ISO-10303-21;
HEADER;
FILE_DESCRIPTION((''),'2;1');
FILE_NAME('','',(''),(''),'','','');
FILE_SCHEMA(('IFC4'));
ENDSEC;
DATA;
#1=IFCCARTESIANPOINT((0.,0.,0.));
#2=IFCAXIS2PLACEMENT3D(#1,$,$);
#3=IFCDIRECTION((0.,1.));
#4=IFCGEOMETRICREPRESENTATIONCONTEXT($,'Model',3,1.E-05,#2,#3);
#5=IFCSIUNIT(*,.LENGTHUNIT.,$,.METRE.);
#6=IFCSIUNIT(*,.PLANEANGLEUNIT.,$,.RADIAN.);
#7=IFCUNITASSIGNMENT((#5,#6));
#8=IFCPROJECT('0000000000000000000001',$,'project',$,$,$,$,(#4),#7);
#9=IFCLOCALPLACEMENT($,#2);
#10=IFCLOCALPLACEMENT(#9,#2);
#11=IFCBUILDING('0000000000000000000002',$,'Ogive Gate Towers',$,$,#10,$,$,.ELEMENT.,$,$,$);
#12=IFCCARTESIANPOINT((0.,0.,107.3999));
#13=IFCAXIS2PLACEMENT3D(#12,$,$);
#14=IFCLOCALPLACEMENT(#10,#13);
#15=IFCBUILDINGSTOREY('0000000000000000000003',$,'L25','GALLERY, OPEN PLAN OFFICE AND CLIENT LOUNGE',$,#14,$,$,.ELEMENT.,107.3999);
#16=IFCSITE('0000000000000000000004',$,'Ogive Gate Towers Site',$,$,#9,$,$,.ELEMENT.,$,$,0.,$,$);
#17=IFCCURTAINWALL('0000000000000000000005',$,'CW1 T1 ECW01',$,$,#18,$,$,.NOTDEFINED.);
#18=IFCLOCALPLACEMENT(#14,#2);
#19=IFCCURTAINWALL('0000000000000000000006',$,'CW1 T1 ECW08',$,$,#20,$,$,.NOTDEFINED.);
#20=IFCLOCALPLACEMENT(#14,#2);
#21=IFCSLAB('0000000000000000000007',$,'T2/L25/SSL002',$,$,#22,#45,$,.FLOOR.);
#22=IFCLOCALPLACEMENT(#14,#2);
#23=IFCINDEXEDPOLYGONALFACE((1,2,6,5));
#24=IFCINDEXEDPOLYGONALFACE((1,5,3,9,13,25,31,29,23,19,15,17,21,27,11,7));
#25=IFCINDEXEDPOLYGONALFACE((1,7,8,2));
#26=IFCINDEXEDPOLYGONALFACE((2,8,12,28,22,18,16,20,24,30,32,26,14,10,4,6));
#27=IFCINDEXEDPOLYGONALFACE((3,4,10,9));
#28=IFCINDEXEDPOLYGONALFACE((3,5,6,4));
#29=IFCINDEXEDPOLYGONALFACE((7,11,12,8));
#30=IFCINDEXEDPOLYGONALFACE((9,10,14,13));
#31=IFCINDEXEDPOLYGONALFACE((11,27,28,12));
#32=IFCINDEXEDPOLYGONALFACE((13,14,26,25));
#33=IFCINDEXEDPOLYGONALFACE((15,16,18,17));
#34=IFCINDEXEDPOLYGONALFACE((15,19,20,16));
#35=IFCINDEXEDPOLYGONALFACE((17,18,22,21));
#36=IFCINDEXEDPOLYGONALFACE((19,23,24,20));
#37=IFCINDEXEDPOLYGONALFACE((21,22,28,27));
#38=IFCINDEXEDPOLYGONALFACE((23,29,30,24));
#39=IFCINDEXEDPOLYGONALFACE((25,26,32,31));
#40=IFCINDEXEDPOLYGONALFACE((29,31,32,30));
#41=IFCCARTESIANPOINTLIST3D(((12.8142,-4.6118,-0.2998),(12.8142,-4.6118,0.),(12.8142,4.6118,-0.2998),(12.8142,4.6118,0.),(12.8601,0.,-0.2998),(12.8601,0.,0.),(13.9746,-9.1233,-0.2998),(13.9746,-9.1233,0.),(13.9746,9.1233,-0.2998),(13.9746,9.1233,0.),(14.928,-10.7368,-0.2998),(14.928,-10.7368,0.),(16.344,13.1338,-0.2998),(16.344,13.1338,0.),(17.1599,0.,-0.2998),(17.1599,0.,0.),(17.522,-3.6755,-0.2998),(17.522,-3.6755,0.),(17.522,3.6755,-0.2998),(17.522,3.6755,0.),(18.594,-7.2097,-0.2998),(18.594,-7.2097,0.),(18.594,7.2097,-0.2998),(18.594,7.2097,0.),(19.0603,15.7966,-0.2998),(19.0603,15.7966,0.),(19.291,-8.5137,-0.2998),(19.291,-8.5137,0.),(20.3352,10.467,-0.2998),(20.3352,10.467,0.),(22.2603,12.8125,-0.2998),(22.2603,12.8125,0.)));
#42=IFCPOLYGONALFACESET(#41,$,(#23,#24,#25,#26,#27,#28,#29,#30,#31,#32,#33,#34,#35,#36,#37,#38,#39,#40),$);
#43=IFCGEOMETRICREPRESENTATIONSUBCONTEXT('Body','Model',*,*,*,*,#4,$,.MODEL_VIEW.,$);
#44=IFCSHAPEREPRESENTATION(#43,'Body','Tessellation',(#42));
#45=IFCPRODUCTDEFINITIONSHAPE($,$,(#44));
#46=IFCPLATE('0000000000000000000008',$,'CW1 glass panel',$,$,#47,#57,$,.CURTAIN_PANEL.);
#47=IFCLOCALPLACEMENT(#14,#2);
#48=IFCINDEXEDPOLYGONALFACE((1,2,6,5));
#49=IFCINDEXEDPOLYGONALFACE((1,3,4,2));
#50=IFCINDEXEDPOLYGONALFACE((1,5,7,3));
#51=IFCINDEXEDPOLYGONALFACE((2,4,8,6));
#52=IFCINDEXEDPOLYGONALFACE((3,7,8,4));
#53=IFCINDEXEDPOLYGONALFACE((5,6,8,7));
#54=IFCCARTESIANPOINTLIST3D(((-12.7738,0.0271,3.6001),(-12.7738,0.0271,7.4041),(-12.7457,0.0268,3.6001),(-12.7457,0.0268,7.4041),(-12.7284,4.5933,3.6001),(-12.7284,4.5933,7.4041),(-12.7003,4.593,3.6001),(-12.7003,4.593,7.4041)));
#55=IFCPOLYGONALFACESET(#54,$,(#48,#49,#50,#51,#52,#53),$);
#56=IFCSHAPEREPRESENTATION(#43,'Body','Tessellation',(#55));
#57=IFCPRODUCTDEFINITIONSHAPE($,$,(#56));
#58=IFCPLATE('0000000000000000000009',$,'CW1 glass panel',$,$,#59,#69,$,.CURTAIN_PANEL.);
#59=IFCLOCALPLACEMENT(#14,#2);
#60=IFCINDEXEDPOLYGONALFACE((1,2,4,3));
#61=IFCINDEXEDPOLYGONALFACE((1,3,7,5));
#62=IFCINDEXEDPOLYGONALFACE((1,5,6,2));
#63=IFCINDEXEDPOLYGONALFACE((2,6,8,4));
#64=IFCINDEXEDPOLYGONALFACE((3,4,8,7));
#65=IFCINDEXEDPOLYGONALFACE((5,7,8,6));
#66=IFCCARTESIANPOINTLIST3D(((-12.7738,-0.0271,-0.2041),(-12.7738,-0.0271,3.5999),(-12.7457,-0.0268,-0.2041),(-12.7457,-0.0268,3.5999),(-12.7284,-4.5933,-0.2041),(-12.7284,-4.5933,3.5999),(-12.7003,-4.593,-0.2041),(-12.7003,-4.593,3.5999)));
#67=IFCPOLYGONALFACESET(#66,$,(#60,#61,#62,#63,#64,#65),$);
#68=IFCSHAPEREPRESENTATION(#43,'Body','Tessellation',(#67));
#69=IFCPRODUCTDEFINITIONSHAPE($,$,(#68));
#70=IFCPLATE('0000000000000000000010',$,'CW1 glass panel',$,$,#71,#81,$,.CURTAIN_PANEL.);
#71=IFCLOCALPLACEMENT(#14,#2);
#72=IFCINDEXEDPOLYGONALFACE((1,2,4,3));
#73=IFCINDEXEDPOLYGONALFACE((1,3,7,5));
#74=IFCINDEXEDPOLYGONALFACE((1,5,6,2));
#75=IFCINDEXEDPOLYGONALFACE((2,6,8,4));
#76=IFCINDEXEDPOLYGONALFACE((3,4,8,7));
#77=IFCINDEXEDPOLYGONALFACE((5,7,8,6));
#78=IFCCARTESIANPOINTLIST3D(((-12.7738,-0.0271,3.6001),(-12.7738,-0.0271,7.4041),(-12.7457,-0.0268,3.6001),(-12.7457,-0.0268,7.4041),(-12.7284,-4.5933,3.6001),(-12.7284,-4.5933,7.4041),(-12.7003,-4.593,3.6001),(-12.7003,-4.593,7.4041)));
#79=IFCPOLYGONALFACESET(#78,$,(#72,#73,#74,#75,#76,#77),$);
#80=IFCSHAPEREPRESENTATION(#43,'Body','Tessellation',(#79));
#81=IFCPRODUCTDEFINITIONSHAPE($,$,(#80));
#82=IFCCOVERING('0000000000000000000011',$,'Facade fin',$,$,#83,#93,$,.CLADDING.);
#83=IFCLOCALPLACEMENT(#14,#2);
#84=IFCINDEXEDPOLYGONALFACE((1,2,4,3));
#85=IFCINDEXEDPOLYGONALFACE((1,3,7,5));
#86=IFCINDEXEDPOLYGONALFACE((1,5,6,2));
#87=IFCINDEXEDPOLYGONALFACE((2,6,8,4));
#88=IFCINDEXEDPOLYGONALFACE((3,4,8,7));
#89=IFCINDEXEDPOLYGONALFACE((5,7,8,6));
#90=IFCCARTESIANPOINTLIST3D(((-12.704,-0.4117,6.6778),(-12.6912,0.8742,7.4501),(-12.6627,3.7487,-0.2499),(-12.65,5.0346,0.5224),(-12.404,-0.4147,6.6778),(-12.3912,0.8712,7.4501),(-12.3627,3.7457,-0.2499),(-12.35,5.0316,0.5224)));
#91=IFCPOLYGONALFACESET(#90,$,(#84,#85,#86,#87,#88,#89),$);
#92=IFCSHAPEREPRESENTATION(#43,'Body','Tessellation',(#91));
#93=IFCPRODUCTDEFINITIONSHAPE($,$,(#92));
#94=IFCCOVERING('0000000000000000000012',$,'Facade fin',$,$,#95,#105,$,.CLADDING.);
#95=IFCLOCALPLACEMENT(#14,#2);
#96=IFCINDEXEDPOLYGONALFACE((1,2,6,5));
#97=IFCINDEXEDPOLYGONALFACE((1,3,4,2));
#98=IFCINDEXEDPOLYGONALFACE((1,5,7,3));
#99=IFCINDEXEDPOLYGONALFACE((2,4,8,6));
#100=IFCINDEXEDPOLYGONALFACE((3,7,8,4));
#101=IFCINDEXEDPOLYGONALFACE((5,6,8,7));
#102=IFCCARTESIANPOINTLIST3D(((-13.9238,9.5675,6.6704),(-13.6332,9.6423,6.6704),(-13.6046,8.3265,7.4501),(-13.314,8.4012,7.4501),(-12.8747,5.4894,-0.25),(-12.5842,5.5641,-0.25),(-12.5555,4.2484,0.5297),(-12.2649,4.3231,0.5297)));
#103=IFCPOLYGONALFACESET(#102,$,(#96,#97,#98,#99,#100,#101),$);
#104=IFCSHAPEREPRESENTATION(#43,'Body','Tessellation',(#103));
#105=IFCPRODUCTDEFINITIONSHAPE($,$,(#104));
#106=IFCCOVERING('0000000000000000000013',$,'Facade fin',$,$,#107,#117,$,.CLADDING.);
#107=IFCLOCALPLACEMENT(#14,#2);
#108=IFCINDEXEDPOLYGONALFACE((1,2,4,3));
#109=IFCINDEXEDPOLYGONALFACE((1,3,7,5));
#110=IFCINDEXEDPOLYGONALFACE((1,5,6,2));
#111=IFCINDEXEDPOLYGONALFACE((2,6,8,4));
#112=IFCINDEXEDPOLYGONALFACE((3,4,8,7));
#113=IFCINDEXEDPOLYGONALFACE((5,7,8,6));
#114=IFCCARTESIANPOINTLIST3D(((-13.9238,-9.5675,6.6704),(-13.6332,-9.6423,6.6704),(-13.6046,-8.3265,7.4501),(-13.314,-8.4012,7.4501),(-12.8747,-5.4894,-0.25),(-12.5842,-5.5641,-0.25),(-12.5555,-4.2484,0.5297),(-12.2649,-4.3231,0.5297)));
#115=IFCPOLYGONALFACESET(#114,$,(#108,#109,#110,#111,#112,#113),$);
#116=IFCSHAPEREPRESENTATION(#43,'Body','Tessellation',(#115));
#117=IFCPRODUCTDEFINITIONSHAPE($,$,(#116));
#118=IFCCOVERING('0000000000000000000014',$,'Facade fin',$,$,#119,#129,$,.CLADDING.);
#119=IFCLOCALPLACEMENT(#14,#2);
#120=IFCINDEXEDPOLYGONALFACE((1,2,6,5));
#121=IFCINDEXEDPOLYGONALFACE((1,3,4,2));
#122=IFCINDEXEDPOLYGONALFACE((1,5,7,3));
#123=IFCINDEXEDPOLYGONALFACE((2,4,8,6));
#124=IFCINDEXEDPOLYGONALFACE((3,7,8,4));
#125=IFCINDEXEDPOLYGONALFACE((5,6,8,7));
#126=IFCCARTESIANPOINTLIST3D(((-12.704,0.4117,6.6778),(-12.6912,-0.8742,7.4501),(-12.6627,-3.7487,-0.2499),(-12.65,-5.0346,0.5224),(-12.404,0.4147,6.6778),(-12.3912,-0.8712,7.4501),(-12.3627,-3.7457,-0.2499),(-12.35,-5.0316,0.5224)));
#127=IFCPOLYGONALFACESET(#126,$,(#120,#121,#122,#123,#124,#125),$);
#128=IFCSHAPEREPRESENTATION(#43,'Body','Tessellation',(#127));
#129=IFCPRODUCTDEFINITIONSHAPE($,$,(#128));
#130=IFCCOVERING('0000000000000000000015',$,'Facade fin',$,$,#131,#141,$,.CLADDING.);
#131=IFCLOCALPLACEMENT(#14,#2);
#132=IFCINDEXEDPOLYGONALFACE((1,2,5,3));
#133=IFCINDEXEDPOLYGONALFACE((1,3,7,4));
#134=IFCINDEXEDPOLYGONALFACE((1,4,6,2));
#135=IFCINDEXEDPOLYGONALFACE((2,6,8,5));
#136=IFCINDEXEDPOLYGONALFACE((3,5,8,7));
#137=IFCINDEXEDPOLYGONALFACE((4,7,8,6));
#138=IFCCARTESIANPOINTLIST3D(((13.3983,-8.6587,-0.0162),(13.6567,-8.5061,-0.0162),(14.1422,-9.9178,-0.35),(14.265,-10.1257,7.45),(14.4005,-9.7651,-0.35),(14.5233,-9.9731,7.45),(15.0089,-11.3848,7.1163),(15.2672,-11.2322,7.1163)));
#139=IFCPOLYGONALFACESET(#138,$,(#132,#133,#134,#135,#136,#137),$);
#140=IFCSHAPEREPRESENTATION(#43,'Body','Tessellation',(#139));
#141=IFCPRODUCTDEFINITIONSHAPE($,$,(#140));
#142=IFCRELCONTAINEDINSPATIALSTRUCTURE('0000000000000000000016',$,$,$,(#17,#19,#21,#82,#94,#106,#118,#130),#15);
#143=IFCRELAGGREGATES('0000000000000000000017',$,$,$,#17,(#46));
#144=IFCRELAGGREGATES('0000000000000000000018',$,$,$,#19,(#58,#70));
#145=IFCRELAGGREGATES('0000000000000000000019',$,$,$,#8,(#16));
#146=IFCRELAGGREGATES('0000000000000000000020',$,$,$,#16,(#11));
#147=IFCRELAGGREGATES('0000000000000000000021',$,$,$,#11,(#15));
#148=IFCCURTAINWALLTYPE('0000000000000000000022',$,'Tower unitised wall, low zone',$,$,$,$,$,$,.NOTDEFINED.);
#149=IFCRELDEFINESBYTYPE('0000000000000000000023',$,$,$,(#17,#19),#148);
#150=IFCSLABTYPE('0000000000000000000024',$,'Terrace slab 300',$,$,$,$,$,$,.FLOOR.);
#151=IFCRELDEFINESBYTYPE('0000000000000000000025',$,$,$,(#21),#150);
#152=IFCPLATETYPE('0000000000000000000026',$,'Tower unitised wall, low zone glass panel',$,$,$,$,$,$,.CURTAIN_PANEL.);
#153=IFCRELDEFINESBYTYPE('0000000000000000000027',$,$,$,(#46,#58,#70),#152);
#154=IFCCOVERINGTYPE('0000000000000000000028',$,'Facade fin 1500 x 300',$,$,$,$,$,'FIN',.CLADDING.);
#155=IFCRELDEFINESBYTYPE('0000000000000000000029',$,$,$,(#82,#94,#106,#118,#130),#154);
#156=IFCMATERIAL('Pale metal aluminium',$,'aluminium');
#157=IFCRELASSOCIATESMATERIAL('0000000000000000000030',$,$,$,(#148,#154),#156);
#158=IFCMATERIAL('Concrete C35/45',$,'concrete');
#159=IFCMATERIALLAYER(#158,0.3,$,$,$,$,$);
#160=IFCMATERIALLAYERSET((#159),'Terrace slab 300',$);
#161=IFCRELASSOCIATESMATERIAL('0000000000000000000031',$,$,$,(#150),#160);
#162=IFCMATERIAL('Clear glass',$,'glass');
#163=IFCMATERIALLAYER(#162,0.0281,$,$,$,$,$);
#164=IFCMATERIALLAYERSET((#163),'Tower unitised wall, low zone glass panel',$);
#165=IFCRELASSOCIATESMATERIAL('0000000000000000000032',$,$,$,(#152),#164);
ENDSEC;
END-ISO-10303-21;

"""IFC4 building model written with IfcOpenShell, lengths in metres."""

from ifc_helpers import new_model, si_unit, direction, frame, origin, origin_2d, place, context, subcontext, project, spatial, polyline, rectangle, outline, extrude, material, layer, layer_set, material_profile, profile_set, type_object, element, aggregate, save


model = new_model("IFC4")

# Units and contexts
model_context = context("Model", 3, precision=1e-05, world=origin(), true_north=direction((0.0, 1.0)))
body_context = subcontext(model_context, "Body", "Model", "MODEL_VIEW")
ifc_project = project(units=[si_unit("LENGTHUNIT", "METRE"), si_unit("PLANEANGLEUNIT", "RADIAN")], contexts=[model_context])

# Site, building, storey
site_placement = place(None, origin())
site = spatial("IfcSite", under=ifc_project, at=site_placement, Name="Ogive Gate Towers Site", CompositionType="ELEMENT", RefElevation=0.0)
building_placement = place(site_placement, origin())
building = spatial("IfcBuilding", under=site, at=building_placement, Name="Ogive Gate Towers", CompositionType="ELEMENT")
storey_placement = place(building_placement, frame((0.0, 0.0, 107.3999)))
storey = spatial("IfcBuildingStorey", under=building, at=storey_placement, Name="L25", Description="GALLERY, OPEN PLAN OFFICE AND CLIENT LOUNGE", CompositionType="ELEMENT", Elevation=107.3999)

# Curtain walls
ifc_material_1 = material(Name="Pale metal aluminium", Category="aluminium")
curtain_wall_type = type_object("IfcCurtainWallType", Name="Tower unitised wall, low zone", PredefinedType="NOTDEFINED", material=ifc_material_1)
curtain_wall_1_placement = place(storey_placement, origin())
curtain_wall_1 = element("IfcCurtainWall", 1, at=curtain_wall_1_placement, inside=storey, type_object=curtain_wall_type, Name="CW1 T1 ECW01", PredefinedType="NOTDEFINED")
curtain_wall_2_placement = place(storey_placement, origin())
curtain_wall_2 = element("IfcCurtainWall", 2, at=curtain_wall_2_placement, inside=storey, type_object=curtain_wall_type, Name="CW1 T1 ECW08", PredefinedType="NOTDEFINED")

# Shared definitions
ifc_material_2 = material(Name="Concrete C35/45", Category="concrete")

# Slab
ifc_layer_1 = layer(ifc_material_2, 0.3)
ifc_layer_set_1 = layer_set([ifc_layer_1], Name="Terrace slab 300")
slab_type_1 = type_object("IfcSlabType", Name="Terrace slab 300", PredefinedType="FLOOR", material=ifc_layer_set_1)
slab_1_placement = place(storey_placement, frame((0.0, 0.0, -0.2998)))
element("IfcSlab", 3, at=slab_1_placement, inside=storey, type_object=slab_type_1, Name="T2/L25/SSL002", PredefinedType="FLOOR", context=body_context, shape_type="SweptSolid", body=[
    extrude(outline(polyline([(22.2603, 12.8125), (19.0603, 15.7966), (16.344, 13.1338), (13.9746, 9.1233), (12.8142, 4.6118), (12.8601, 0.0), (12.8142, -4.6118), (13.9746, -9.1233), (14.928, -10.7368), (19.291, -8.5137), (18.594, -7.2097), (17.522, -3.6755), (17.1599, 0.0), (17.522, 3.6755), (18.594, 7.2097), (20.3352, 10.467), (22.2603, 12.8125)])), origin(), (0.0, 0.0, 1.0), 0.2998),
])

# Plates
ifc_material_3 = material(Name="Clear glass", Category="glass")
ifc_layer_2 = layer(ifc_material_3, 0.0281)
ifc_layer_set_2 = layer_set([ifc_layer_2], Name="Tower unitised wall, low zone glass panel")
plate_type = type_object("IfcPlateType", Name="Tower unitised wall, low zone glass panel", PredefinedType="CURTAIN_PANEL", material=ifc_layer_set_2)
plate_1_placement = place(storey_placement, frame((-12.7371, 2.3101, 3.6001), z_axis=(0.0, 0.0, 1.0), x_axis=(0.009931, 0.999951, 0.0)))
plate_1 = element("IfcPlate", 4, at=plate_1_placement, type_object=plate_type, Name="CW1 glass panel", PredefinedType="CURTAIN_PANEL", context=body_context, shape_type="SweptSolid", body=[
    extrude(rectangle(XDim=4.5664, YDim=0.0281, at=origin_2d()), origin(), (0.0, 0.0, 1.0), 3.804),
])
aggregate(curtain_wall_1, [plate_1])
plate_2_placement = place(storey_placement, frame((-12.7371, -2.3101, -0.2041), z_axis=(0.0, 0.0, 1.0), x_axis=(-0.009931, 0.999951, 0.0)))
plate_2 = element("IfcPlate", 5, at=plate_2_placement, type_object=plate_type, Name="CW1 glass panel", PredefinedType="CURTAIN_PANEL", context=body_context, shape_type="SweptSolid", body=[
    extrude(rectangle(XDim=4.5664, YDim=0.0281, at=origin_2d()), origin(), (0.0, 0.0, 1.0), 3.804),
])
plate_3_placement = place(storey_placement, frame((-12.7371, -2.3101, 3.6001), z_axis=(0.0, 0.0, 1.0), x_axis=(-0.009931, 0.999951, 0.0)))
plate_3 = element("IfcPlate", 6, at=plate_3_placement, type_object=plate_type, Name="CW1 glass panel", PredefinedType="CURTAIN_PANEL", context=body_context, shape_type="SweptSolid", body=[
    extrude(rectangle(XDim=4.5664, YDim=0.0281, at=origin_2d()), origin(), (0.0, 0.0, 1.0), 3.804),
])
aggregate(curtain_wall_2, [plate_2, plate_3])

# Coverings
ifc_material_profile_1 = material_profile(ifc_material_1, rectangle(XDim=0.3, YDim=1.5, at=origin_2d()), Name="1500 x 300 pale metal aluminium")
ifc_profile_set_1 = profile_set([ifc_material_profile_1], Name="Pale metal aluminium")
covering_type = type_object("IfcCoveringType", Name="Facade fin 1500 x 300", ElementType="FIN", PredefinedType="CLADDING", material=ifc_profile_set_1)
covering_1_placement = place(storey_placement, frame((-12.5063, 4.3901, 0.1362), z_axis=(-0.005106, -0.514831, 0.857276), x_axis=(0.999951, -0.009917, 0.0)))
element("IfcCovering", 7, at=covering_1_placement, inside=storey, type_object=covering_type, Name="Facade fin", PredefinedType="CLADDING", context=body_context, shape_type="SweptSolid", body=[
    extrude(rectangle(XDim=0.3, YDim=1.5, at=origin_2d()), origin(), (0.0, 0.0, 1.0), 8.0811),
])
for number, where, z_axis, x_axis, name in (
    (8, (-12.5698, 4.9062, 0.1399), (-0.129502, 0.50342, 0.854282), (-0.968469, -0.249133, 0.0), "Facade fin"),
    (9, (-12.5698, -4.9062, 0.1399), (-0.129502, -0.50342, 0.854282), (0.968469, -0.249133, 0.0), "Facade fin"),
):
    element("IfcCovering", number, at=place(storey_placement, frame(where, z_axis=z_axis, x_axis=x_axis)), inside=storey, type_object=covering_type, Name=name, PredefinedType="CLADDING", context=body_context, shape_type="SweptSolid", body=[
        extrude(rectangle(XDim=0.3, YDim=1.5, at=origin_2d()), origin(), (0.0, 0.0, 1.0), 8.1008),
    ])
covering_2_placement = place(storey_placement, frame((-12.5063, -4.3901, 0.1362), z_axis=(-0.005106, 0.514831, 0.857276), x_axis=(-0.999951, -0.009917, 0.0)))
element("IfcCovering", 10, at=covering_2_placement, inside=storey, type_object=covering_type, Name="Facade fin", PredefinedType="CLADDING", context=body_context, shape_type="SweptSolid", body=[
    extrude(rectangle(XDim=0.3, YDim=1.5, at=origin_2d()), origin(), (0.0, 0.0, 1.0), 8.0811),
])
covering_3_placement = place(storey_placement, frame((13.8994, -9.2119, -0.1831), z_axis=(0.113172, -0.191563, 0.974934), x_axis=(0.860975, 0.508647, 0.0)))
element("IfcCovering", 11, at=covering_3_placement, inside=storey, type_object=covering_type, Name="Facade fin", PredefinedType="CLADDING", context=body_context, shape_type="SweptSolid", body=[
    extrude(rectangle(XDim=0.3, YDim=1.5, at=origin_2d()), origin(), (0.0, 0.0, 1.0), 7.6582),
])

save(model, "model.ifc")
